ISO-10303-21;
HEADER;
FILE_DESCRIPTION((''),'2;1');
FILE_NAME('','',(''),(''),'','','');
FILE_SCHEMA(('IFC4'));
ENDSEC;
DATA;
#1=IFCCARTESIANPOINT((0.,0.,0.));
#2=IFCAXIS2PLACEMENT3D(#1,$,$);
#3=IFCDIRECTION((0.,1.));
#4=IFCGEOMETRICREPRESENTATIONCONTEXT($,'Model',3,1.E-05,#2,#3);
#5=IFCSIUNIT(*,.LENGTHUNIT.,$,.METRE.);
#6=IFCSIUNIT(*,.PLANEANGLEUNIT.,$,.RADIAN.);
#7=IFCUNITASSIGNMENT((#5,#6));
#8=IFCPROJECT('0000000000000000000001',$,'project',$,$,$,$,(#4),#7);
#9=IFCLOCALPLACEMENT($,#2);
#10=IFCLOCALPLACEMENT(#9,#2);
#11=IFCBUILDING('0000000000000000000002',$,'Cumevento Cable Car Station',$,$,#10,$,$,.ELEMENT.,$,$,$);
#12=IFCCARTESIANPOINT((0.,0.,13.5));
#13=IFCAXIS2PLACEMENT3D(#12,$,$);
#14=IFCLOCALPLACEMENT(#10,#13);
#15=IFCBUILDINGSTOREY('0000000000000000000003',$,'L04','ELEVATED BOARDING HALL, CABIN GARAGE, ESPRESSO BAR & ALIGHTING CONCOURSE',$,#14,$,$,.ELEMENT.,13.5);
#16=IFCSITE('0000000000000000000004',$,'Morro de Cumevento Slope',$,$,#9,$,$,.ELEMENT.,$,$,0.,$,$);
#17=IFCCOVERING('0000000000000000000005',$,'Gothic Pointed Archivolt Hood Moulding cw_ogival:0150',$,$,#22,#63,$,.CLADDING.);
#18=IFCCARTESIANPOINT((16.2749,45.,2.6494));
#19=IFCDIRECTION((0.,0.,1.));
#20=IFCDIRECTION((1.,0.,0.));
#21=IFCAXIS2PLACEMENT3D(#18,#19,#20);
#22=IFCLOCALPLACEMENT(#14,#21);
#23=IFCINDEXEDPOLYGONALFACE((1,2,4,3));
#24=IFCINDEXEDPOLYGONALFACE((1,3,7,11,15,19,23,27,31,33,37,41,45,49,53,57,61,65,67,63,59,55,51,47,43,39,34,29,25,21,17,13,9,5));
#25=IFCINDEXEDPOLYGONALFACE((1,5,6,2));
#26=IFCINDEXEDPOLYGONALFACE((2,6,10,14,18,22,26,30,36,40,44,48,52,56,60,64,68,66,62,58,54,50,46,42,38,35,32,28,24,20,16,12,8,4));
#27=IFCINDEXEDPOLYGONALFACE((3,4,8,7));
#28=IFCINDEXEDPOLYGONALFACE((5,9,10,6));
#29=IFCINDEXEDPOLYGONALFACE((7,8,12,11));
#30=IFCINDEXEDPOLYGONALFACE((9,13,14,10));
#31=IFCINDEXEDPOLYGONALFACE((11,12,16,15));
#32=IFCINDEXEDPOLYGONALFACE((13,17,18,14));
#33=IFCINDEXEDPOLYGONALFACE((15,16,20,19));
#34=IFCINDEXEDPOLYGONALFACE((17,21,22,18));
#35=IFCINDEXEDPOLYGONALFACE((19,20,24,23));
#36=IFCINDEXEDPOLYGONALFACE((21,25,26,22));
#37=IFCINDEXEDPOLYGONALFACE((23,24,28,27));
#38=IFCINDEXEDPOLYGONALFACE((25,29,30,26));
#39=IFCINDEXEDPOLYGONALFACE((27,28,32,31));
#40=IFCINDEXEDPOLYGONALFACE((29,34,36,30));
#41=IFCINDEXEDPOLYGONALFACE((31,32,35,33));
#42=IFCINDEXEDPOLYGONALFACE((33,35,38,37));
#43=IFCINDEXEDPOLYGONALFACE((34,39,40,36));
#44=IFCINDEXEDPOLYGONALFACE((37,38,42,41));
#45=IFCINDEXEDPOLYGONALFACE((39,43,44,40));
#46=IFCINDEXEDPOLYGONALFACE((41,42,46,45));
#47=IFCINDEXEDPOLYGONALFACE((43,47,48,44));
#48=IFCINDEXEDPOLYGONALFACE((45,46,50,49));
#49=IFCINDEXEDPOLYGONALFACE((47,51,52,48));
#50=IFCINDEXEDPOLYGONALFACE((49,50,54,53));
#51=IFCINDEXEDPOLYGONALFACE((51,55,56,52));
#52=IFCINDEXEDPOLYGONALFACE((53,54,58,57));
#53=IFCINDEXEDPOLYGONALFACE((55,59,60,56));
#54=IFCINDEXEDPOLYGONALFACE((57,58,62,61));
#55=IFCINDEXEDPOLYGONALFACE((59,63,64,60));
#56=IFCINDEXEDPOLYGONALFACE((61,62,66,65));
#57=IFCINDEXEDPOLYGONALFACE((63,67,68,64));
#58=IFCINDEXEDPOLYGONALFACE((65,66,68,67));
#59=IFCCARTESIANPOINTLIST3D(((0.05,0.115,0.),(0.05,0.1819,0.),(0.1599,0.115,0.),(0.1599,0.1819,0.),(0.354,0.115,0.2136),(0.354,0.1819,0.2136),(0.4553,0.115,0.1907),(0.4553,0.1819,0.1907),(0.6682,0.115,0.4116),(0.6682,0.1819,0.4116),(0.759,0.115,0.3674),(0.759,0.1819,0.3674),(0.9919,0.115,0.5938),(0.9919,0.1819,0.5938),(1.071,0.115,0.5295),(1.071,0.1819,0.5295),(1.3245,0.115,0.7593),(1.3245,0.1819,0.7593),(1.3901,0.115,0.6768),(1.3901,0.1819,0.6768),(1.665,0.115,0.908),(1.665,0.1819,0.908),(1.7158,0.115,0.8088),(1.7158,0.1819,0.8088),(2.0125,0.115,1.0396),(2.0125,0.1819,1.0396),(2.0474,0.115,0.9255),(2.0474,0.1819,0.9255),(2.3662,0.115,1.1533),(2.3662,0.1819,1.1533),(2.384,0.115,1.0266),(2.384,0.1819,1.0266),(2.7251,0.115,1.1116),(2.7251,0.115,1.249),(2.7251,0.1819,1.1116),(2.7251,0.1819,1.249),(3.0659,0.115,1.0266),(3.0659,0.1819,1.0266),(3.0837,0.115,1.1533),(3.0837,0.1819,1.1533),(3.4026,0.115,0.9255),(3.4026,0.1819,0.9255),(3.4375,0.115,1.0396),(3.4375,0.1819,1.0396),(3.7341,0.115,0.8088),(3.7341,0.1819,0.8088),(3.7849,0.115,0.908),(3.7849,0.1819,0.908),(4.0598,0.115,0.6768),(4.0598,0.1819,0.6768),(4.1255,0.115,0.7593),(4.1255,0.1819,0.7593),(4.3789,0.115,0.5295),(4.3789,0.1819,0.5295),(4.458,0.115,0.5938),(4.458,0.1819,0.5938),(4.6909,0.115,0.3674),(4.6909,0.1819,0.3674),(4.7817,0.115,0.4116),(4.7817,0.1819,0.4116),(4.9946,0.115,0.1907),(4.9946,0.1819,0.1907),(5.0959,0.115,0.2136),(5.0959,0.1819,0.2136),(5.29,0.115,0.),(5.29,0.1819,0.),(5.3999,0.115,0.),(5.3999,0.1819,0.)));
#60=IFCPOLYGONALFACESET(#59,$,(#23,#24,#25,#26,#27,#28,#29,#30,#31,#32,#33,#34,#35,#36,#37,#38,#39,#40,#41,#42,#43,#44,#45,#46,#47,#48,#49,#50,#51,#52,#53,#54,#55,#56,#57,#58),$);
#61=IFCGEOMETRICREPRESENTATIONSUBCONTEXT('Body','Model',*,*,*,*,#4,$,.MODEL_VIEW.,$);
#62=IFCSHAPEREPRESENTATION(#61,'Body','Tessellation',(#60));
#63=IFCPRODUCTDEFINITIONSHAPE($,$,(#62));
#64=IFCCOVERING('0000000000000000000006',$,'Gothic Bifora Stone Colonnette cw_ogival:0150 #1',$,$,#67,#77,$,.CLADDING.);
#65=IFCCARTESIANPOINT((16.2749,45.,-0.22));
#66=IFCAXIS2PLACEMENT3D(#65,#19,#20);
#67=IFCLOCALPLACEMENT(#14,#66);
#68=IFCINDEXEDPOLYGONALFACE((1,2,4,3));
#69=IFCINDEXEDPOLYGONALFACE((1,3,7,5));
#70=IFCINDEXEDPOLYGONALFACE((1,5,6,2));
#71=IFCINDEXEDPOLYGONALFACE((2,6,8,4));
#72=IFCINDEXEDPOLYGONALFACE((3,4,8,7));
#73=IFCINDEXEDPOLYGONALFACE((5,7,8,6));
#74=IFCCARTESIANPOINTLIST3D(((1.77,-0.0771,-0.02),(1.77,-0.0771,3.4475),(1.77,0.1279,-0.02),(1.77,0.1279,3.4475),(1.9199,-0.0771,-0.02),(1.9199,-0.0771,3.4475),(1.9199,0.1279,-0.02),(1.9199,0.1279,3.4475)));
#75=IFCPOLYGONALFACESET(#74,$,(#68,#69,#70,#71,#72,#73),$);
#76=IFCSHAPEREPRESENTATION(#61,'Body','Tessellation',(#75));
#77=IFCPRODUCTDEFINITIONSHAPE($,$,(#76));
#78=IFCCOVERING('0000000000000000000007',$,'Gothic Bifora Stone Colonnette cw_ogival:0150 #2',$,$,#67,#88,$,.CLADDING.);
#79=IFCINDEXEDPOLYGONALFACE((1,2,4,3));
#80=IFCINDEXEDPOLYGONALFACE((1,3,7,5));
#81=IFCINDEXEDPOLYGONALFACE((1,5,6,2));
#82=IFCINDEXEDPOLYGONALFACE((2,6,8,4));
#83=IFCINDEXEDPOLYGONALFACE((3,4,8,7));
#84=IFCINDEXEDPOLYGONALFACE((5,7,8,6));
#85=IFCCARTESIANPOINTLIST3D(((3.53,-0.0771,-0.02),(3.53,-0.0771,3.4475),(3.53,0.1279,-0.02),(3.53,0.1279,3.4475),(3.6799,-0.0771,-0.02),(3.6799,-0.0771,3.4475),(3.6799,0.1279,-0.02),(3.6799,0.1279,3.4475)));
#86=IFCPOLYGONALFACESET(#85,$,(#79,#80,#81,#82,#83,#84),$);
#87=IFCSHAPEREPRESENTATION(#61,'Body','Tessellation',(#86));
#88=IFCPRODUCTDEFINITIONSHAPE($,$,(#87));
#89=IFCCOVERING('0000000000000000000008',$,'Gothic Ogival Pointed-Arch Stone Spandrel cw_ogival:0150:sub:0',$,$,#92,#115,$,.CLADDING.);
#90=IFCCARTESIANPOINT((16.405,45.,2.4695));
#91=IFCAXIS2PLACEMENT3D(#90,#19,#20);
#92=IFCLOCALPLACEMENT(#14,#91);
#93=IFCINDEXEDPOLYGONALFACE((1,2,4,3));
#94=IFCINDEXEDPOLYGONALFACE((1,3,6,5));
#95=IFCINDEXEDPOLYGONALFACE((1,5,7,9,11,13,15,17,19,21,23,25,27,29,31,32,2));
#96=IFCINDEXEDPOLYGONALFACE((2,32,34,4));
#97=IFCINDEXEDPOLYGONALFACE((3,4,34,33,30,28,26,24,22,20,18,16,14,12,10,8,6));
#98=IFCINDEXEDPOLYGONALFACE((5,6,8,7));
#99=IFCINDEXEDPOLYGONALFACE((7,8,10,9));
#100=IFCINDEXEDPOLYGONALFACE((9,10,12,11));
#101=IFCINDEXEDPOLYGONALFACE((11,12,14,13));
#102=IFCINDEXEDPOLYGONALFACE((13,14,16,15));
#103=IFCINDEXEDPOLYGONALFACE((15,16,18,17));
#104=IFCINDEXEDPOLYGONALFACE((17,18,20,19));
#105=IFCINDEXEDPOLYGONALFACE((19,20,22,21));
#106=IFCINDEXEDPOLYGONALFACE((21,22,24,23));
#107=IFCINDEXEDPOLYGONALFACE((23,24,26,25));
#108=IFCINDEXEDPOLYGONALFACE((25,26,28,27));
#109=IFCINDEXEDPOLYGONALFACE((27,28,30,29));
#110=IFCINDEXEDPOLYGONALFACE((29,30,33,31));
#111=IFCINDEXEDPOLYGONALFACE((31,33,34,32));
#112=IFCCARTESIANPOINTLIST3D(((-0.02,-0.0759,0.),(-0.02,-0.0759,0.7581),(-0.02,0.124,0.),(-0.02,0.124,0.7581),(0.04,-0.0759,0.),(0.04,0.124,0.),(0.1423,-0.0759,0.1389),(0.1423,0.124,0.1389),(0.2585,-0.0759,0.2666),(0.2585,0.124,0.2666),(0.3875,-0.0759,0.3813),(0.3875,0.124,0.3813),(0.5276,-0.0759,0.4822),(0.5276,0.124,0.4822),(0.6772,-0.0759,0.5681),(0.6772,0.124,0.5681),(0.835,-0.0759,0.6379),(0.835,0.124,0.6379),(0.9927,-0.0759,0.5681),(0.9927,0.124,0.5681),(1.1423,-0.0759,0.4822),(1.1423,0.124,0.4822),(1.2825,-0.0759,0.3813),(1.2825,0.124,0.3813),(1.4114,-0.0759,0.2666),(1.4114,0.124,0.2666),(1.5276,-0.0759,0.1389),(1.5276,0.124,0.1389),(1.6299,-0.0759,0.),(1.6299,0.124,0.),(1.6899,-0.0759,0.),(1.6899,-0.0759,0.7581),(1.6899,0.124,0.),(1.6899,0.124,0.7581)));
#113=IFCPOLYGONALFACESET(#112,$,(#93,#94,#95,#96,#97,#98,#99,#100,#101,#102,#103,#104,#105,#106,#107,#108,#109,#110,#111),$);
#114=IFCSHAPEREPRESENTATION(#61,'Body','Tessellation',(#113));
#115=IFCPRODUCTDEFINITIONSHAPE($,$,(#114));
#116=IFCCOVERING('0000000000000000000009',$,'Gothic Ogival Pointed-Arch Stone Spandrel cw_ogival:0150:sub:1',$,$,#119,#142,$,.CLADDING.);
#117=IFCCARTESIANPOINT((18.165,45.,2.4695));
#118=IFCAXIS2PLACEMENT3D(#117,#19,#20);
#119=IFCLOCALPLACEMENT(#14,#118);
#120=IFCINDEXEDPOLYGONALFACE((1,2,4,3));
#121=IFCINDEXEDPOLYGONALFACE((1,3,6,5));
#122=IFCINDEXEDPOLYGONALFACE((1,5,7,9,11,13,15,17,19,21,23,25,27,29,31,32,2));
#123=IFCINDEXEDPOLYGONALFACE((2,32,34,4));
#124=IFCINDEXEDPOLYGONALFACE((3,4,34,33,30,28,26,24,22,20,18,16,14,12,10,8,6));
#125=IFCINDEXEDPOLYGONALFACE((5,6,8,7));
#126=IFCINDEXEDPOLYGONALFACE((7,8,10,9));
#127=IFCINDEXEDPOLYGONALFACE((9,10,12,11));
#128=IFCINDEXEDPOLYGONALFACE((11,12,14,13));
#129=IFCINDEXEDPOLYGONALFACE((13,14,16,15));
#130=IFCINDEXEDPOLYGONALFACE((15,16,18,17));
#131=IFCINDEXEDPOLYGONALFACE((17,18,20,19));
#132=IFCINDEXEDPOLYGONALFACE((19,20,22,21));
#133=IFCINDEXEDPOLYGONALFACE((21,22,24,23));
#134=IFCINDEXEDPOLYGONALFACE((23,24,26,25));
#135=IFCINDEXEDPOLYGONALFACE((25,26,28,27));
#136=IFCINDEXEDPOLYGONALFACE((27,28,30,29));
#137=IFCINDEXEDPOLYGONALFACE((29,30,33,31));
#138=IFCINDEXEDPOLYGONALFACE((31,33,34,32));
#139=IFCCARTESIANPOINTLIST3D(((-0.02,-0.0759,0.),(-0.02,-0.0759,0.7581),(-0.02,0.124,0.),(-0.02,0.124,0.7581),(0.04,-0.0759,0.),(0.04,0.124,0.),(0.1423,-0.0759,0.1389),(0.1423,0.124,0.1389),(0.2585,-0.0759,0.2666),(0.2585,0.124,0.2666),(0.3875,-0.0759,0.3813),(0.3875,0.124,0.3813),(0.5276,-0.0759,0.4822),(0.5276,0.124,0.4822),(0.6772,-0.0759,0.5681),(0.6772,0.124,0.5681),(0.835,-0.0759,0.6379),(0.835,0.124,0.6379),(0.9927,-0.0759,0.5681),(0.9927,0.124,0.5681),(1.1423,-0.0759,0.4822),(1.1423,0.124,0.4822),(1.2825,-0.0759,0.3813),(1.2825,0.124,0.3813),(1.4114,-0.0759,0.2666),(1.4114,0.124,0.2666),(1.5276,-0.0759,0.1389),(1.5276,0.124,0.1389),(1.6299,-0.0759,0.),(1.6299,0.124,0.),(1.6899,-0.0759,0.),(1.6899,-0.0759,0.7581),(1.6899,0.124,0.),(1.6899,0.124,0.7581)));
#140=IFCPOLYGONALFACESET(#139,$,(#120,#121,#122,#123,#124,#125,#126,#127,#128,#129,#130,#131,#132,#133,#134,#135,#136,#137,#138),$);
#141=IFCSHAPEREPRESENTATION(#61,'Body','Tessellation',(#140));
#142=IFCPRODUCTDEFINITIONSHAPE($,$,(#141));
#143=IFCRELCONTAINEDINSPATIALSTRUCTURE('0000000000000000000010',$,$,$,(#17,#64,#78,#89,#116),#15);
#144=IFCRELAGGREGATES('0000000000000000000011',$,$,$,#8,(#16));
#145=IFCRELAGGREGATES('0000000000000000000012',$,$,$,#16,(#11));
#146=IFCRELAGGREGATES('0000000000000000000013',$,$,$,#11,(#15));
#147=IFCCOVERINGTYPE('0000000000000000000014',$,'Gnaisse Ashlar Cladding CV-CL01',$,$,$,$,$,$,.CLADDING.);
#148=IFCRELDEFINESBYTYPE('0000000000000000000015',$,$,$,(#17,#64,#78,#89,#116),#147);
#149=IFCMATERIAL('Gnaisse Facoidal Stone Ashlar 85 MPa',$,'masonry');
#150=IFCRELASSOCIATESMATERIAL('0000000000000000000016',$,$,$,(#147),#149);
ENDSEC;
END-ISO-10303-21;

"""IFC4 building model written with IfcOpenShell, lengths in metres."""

from ifc_helpers import new_model, si_unit, direction, frame, origin, place, context, subcontext, project, spatial, polyline, outline, extrude, material, type_object, element, save


model = new_model("IFC4")

# Units and contexts
model_context = context("Model", 3, precision=1e-05, world=origin(), true_north=direction((0.0, 1.0)))
body_context = subcontext(model_context, "Body", "Model", "MODEL_VIEW")
ifc_project = project(units=[si_unit("LENGTHUNIT", "METRE"), si_unit("PLANEANGLEUNIT", "RADIAN")], contexts=[model_context])

# Site, building, storey
site_placement = place(None, origin())
site = spatial("IfcSite", under=ifc_project, at=site_placement, Name="Morro de Cumevento Slope", CompositionType="ELEMENT", RefElevation=0.0)
building_placement = place(site_placement, origin())
building = spatial("IfcBuilding", under=site, at=building_placement, Name="Cumevento Cable Car Station", CompositionType="ELEMENT")
storey_placement = place(building_placement, frame((0.0, 0.0, 13.5)))
storey = spatial("IfcBuildingStorey", under=building, at=storey_placement, Name="L04", Description="ELEVATED BOARDING HALL, CABIN GARAGE, ESPRESSO BAR & ALIGHTING CONCOURSE", CompositionType="ELEMENT", Elevation=13.5)

# Coverings
ifc_material_1 = material(Name="Gnaisse Facoidal Stone Ashlar 85 MPa", Category="masonry")
covering_type = type_object("IfcCoveringType", Name="Gnaisse Ashlar Cladding CV-CL01", PredefinedType="CLADDING", material=ifc_material_1)
covering_1_placement = place(storey_placement, frame((16.2749, 45.0, 2.6494), z_axis=(0.0, 0.0, 1.0), x_axis=(1.0, 0.0, 0.0)))
element("IfcCovering", 1, at=covering_1_placement, inside=storey, type_object=covering_type, Name="Gothic Pointed Archivolt Hood Moulding cw_ogival:0150", PredefinedType="CLADDING", context=body_context, shape_type="SweptSolid", body=[
    extrude(outline(polyline([(0.1599, 0.0), (0.4553, 0.1907), (0.759, 0.3674), (1.071, 0.5295), (1.3901, 0.6768), (1.7158, 0.8088), (2.0474, 0.9255), (2.384, 1.0266), (2.7251, 1.1116), (3.0659, 1.0266), (3.4026, 0.9255), (3.7341, 0.8088), (4.0598, 0.6768), (4.3789, 0.5295), (4.6909, 0.3674), (4.9946, 0.1907), (5.29, 0.0), (5.3999, 0.0), (5.0959, 0.2136), (4.7817, 0.4116), (4.458, 0.5938), (4.1255, 0.7593), (3.7849, 0.908), (3.4375, 1.0396), (3.0837, 1.1533), (2.7251, 1.249), (2.3662, 1.1533), (2.0125, 1.0396), (1.665, 0.908), (1.3245, 0.7593), (0.9919, 0.5938), (0.6682, 0.4116), (0.354, 0.2136), (0.05, 0.0), (0.1599, 0.0)])), frame((0.0, 0.1819, 0.0), z_axis=(0.0, -1.0, 0.0), x_axis=(1.0, 0.0, 0.0)), (0.0, 0.0, 1.0), 0.0669),
])
placement = place(storey_placement, frame((16.2749, 45.0, -0.22), z_axis=(0.0, 0.0, 1.0), x_axis=(1.0, 0.0, 0.0)))
element("IfcCovering", 2, at=placement, inside=storey, type_object=covering_type, Name="Gothic Bifora Stone Colonnette cw_ogival:0150 #1", PredefinedType="CLADDING", context=body_context, shape_type="SweptSolid", body=[
    extrude(outline(polyline([(1.77, -0.02), (1.9199, -0.02), (1.9199, 3.4475), (1.77, 3.4475), (1.77, -0.02)])), frame((0.0, 0.1279, 0.0), z_axis=(0.0, -1.0, 0.0), x_axis=(1.0, 0.0, 0.0)), (0.0, 0.0, 1.0), 0.2051),
])
element("IfcCovering", 3, at=placement, inside=storey, type_object=covering_type, Name="Gothic Bifora Stone Colonnette cw_ogival:0150 #2", PredefinedType="CLADDING", context=body_context, shape_type="SweptSolid", body=[
    extrude(outline(polyline([(3.53, -0.02), (3.6799, -0.02), (3.6799, 3.4475), (3.53, 3.4475), (3.53, -0.02)])), frame((0.0, 0.1279, 0.0), z_axis=(0.0, -1.0, 0.0), x_axis=(1.0, 0.0, 0.0)), (0.0, 0.0, 1.0), 0.2051),
])
for number, where, z_axis, x_axis, name in (
    (4, (16.405, 45.0, 2.4695), (0.0, 0.0, 1.0), (1.0, 0.0, 0.0), "Gothic Ogival Pointed-Arch Stone Spandrel cw_ogival:0150:sub:0"),
    (5, (18.165, 45.0, 2.4695), (0.0, 0.0, 1.0), (1.0, 0.0, 0.0), "Gothic Ogival Pointed-Arch Stone Spandrel cw_ogival:0150:sub:1"),
):
    element("IfcCovering", number, at=place(storey_placement, frame(where, z_axis=z_axis, x_axis=x_axis)), inside=storey, type_object=covering_type, Name=name, PredefinedType="CLADDING", context=body_context, shape_type="SweptSolid", body=[
        extrude(outline(polyline([(-0.02, 0.0), (-0.02, 0.7581), (1.6899, 0.7581), (1.6899, 0.0), (1.6299, 0.0), (1.5276, 0.1389), (1.4114, 0.2666), (1.2825, 0.3813), (1.1423, 0.4822), (0.9927, 0.5681), (0.835, 0.6379), (0.6772, 0.5681), (0.5276, 0.4822), (0.3875, 0.3813), (0.2585, 0.2666), (0.1423, 0.1389), (0.04, 0.0), (-0.02, 0.0)])), frame((0.0, 0.124, 0.0), z_axis=(0.0, -1.0, 0.0), x_axis=(1.0, 0.0, 0.0)), (0.0, 0.0, 1.0), 0.2),
    ])

save(model, "model.ifc")
